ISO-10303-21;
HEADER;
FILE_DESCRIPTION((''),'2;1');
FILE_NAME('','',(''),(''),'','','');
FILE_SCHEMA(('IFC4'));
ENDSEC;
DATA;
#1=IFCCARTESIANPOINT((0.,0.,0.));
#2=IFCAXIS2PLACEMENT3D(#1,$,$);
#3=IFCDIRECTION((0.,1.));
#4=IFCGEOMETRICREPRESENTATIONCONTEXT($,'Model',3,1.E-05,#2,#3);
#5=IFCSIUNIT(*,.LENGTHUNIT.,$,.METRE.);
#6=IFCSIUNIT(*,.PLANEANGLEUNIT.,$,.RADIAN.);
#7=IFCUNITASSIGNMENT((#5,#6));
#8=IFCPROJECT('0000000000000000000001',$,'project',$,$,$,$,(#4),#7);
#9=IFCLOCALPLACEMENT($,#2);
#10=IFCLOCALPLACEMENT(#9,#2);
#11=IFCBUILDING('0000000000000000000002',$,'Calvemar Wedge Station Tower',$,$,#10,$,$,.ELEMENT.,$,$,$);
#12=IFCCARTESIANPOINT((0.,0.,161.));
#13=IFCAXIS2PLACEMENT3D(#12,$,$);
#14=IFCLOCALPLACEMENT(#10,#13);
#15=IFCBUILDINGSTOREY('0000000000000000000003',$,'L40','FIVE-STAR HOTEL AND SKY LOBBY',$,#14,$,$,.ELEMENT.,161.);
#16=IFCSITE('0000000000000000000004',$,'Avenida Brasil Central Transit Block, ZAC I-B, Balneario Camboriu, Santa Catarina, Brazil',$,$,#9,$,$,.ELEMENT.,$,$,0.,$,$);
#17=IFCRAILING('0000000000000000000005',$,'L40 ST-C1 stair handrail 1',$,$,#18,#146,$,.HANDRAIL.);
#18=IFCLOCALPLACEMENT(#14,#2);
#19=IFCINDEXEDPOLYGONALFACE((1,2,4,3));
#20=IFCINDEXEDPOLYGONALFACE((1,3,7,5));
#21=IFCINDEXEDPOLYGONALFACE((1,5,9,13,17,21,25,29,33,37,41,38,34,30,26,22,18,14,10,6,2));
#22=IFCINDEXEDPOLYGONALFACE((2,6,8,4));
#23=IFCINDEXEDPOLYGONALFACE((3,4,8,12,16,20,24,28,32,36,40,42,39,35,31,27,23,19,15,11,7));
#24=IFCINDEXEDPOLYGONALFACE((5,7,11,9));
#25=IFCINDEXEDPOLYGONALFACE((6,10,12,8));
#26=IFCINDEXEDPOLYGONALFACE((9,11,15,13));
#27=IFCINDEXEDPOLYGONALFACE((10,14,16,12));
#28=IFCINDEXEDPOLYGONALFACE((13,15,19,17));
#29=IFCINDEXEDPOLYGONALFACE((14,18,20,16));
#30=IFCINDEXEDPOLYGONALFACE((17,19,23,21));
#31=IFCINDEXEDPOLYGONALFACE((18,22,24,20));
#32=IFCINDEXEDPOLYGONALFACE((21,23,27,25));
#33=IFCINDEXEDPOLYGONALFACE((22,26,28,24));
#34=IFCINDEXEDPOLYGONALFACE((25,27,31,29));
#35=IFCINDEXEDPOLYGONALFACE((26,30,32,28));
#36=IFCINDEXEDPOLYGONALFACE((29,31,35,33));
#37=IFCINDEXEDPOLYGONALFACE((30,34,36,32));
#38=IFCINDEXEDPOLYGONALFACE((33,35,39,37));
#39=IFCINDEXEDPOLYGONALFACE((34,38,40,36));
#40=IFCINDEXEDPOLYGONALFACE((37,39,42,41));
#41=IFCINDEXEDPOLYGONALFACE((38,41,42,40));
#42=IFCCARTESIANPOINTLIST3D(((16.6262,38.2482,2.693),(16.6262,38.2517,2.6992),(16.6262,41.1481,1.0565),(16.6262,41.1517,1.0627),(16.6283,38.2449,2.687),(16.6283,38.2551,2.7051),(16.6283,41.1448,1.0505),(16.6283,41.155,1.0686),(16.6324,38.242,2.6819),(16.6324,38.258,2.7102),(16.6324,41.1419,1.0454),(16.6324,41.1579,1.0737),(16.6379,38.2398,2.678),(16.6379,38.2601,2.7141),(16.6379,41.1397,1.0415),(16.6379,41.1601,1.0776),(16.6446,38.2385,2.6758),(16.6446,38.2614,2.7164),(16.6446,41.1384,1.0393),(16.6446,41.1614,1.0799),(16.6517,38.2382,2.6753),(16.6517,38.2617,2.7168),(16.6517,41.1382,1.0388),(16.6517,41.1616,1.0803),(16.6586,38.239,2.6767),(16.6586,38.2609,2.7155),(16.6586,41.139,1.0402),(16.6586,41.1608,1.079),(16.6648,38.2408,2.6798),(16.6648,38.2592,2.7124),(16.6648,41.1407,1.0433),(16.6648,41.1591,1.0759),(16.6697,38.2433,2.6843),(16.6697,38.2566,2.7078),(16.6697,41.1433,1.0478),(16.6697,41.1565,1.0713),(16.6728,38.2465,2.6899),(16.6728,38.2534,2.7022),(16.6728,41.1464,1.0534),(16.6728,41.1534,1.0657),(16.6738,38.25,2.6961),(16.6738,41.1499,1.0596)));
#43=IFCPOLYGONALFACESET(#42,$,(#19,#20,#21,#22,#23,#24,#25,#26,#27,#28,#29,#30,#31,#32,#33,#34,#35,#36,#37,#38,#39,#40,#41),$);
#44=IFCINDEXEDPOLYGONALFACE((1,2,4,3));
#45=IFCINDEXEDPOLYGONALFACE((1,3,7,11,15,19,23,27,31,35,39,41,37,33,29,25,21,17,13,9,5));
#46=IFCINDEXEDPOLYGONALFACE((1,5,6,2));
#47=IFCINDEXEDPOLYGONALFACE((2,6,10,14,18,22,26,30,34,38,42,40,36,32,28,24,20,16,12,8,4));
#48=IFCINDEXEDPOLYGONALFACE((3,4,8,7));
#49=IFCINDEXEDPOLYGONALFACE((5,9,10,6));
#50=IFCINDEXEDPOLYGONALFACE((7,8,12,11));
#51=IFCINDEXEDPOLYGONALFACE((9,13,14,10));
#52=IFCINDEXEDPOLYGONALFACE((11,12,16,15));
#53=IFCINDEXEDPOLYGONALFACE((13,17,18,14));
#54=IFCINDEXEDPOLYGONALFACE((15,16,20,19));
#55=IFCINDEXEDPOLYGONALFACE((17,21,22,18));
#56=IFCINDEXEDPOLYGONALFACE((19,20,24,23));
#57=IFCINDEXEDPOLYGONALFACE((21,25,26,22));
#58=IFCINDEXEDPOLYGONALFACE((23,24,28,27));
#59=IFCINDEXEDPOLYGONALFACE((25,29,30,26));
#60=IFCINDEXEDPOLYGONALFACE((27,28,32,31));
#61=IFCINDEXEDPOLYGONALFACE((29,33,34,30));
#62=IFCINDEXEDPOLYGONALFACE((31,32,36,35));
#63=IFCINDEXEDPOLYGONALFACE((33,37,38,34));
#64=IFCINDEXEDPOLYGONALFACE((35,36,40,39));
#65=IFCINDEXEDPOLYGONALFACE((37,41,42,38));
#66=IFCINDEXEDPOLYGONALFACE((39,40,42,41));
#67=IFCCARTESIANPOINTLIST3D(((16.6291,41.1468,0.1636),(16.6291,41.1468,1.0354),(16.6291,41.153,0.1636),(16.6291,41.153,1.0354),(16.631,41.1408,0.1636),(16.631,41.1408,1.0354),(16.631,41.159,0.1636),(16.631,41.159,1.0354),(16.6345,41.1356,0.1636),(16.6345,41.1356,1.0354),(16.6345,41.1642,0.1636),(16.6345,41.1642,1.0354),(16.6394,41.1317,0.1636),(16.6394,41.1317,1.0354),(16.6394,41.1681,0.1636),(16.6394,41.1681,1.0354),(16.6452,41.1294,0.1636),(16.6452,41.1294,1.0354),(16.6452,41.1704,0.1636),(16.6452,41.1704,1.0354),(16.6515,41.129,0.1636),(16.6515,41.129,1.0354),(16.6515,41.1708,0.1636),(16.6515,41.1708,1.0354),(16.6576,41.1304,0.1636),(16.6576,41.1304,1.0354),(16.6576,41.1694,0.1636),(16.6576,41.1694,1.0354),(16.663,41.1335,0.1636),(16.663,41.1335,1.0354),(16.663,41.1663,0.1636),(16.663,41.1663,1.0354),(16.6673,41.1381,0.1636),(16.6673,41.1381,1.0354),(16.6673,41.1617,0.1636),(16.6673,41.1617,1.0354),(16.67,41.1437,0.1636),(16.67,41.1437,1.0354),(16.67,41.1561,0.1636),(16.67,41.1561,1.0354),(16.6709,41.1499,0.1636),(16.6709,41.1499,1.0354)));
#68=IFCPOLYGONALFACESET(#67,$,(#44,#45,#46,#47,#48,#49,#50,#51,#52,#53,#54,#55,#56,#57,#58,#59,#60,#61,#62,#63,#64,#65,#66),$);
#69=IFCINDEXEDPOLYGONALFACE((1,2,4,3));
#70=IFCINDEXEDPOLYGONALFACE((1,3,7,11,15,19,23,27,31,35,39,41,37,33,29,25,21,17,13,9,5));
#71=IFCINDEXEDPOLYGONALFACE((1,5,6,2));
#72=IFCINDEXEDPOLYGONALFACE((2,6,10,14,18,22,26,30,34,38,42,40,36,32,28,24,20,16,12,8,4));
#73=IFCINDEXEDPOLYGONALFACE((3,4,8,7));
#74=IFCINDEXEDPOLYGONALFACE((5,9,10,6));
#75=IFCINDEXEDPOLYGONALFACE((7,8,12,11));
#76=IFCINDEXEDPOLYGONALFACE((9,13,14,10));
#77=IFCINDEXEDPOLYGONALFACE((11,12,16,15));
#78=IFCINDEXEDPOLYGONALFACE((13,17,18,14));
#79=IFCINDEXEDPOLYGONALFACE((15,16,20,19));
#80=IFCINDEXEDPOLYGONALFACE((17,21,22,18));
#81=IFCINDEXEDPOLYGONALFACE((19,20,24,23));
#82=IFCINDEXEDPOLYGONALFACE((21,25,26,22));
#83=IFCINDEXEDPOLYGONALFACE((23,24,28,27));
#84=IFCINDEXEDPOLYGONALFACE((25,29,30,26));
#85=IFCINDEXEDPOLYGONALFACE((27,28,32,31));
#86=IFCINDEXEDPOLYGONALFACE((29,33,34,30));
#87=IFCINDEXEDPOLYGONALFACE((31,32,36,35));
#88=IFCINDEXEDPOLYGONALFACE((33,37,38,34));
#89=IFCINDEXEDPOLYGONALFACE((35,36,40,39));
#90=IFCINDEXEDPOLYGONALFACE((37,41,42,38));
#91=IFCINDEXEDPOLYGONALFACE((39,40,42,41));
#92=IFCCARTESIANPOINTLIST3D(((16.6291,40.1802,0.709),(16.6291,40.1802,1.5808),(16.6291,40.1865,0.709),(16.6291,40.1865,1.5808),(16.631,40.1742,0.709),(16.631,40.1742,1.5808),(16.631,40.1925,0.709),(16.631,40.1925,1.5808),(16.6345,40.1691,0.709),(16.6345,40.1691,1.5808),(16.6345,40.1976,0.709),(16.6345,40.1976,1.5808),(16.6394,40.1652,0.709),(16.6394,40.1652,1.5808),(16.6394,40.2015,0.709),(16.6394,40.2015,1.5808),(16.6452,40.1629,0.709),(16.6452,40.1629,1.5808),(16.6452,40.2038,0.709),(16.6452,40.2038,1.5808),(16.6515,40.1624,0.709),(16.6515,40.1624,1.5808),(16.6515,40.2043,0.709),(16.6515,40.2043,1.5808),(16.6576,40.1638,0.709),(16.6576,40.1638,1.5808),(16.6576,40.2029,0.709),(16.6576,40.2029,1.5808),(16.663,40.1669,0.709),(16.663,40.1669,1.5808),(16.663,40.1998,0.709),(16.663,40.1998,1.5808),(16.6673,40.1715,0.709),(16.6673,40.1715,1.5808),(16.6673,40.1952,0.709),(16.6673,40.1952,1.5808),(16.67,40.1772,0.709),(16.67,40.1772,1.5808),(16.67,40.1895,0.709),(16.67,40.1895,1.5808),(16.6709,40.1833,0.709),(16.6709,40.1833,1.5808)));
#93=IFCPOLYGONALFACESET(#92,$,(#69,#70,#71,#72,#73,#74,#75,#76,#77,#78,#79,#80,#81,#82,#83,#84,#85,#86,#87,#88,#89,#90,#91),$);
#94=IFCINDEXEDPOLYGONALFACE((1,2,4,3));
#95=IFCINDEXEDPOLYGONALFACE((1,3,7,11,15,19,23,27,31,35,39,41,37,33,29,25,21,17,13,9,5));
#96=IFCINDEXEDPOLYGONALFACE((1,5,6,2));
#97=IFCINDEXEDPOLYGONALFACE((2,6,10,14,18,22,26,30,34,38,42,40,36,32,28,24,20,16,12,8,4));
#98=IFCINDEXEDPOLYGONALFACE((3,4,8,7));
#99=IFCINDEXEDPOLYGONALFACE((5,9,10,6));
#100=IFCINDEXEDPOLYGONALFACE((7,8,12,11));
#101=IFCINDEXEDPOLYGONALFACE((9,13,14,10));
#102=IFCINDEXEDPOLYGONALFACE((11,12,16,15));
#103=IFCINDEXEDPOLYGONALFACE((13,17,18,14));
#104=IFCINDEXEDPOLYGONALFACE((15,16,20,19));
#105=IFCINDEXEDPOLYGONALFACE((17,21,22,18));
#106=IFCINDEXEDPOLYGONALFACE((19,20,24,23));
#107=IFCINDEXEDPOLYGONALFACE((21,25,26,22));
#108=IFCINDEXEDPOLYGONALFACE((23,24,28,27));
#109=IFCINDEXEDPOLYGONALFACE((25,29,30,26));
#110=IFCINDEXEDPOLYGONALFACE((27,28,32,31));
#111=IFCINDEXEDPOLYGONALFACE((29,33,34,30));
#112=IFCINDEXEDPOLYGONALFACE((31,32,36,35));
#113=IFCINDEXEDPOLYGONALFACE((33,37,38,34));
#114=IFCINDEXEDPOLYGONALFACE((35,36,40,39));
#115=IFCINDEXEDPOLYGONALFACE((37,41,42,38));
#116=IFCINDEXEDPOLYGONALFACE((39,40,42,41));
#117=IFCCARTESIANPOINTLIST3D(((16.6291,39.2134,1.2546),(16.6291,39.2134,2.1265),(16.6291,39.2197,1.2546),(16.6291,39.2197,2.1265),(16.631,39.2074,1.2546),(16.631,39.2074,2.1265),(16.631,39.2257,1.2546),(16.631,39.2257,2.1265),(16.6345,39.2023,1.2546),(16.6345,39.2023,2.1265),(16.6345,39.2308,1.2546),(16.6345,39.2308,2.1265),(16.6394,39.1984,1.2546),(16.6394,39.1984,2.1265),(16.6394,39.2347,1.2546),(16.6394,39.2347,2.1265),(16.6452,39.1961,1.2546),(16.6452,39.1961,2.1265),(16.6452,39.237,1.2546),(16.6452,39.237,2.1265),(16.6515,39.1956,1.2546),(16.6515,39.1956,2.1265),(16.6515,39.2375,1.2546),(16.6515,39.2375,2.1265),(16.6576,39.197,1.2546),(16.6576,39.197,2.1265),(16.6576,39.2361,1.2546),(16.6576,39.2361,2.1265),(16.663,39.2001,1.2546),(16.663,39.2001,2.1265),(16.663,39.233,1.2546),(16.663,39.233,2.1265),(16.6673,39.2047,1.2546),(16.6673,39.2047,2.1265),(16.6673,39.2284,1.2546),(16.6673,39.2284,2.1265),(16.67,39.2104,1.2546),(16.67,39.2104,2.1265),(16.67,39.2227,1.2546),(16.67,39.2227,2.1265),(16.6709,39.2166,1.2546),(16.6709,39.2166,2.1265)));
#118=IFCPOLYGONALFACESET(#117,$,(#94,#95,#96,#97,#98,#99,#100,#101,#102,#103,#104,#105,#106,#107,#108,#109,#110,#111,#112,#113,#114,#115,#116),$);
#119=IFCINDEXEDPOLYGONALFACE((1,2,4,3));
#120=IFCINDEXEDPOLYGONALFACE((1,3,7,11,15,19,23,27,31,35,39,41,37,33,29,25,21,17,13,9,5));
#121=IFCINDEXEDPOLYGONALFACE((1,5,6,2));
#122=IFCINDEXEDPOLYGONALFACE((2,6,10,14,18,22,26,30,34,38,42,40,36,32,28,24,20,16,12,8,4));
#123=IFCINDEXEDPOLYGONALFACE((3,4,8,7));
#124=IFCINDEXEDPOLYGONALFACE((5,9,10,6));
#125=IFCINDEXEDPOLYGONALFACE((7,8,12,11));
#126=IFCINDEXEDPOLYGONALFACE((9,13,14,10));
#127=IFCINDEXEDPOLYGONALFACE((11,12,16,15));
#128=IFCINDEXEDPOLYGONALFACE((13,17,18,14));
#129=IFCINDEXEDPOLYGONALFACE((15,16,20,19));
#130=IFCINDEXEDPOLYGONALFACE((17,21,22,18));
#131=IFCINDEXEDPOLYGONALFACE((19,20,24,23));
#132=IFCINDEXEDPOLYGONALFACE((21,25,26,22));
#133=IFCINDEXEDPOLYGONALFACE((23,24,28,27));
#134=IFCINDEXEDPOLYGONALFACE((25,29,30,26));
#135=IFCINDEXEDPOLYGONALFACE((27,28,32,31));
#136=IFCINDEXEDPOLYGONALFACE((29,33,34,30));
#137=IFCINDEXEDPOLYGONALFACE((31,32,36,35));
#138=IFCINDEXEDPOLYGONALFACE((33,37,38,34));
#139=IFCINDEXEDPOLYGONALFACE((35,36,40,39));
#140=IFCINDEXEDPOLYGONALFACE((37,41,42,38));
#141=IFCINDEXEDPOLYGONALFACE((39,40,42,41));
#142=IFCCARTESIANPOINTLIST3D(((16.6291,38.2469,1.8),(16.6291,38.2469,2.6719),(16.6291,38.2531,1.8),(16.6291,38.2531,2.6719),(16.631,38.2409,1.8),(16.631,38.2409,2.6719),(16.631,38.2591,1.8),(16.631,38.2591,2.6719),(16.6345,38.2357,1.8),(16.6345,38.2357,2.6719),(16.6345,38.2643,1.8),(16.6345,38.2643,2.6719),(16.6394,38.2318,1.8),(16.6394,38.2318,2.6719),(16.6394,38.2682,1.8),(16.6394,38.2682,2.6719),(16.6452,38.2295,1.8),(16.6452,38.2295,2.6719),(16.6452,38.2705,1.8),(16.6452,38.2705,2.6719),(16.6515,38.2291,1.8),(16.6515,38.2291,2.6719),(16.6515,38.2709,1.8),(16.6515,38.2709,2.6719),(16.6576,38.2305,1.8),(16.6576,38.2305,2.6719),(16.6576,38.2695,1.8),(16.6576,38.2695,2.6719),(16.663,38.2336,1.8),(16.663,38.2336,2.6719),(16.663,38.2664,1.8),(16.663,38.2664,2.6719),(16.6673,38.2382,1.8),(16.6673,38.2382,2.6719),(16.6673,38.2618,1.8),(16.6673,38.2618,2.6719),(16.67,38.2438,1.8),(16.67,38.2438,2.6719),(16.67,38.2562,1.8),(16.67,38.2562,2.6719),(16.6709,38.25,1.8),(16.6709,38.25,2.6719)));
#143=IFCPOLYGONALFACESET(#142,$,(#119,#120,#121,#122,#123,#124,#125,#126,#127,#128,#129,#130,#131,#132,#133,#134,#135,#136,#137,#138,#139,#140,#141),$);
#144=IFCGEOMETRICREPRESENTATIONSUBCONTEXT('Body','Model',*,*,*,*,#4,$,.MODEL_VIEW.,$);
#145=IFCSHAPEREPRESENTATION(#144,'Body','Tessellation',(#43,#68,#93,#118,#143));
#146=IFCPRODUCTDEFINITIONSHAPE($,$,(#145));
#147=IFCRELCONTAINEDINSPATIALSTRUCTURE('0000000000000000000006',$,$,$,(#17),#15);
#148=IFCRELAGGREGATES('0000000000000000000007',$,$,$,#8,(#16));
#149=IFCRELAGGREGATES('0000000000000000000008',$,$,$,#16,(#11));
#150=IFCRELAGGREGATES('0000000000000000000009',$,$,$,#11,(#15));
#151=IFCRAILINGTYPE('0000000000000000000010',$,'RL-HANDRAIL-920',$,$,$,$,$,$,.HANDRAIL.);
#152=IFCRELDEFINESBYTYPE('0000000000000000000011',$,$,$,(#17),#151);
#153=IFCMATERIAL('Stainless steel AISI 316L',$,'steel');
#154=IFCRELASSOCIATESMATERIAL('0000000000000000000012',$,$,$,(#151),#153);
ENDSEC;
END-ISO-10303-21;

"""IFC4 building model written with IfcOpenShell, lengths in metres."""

from ifc_helpers import new_model, si_unit, direction, frame, origin, origin_2d, place, context, subcontext, project, spatial, circle, extrude, material, type_object, element, save


model = new_model("IFC4")

# Units and contexts
model_context = context("Model", 3, precision=1e-05, world=origin(), true_north=direction((0.0, 1.0)))
body_context = subcontext(model_context, "Body", "Model", "MODEL_VIEW")
ifc_project = project(units=[si_unit("LENGTHUNIT", "METRE"), si_unit("PLANEANGLEUNIT", "RADIAN")], contexts=[model_context])

# Site, building, storey
site_placement = place(None, origin())
site = spatial("IfcSite", under=ifc_project, at=site_placement, Name="Avenida Brasil Central Transit Block, ZAC I-B, Balneario Camboriu, Santa Catarina, Brazil", CompositionType="ELEMENT", RefElevation=0.0)
building_placement = place(site_placement, origin())
building = spatial("IfcBuilding", under=site, at=building_placement, Name="Calvemar Wedge Station Tower", CompositionType="ELEMENT")
storey_placement = place(building_placement, frame((0.0, 0.0, 161.0)))
storey = spatial("IfcBuildingStorey", under=building, at=storey_placement, Name="L40", Description="FIVE-STAR HOTEL AND SKY LOBBY", CompositionType="ELEMENT", Elevation=161.0)

# Railing
ifc_material_1 = material(Name="Stainless steel AISI 316L", Category="steel")
railing_type_1 = type_object("IfcRailingType", Name="RL-HANDRAIL-920", PredefinedType="HANDRAIL", material=ifc_material_1)
railing_1_placement = place(storey_placement, frame((16.6499, 41.1499, 0.1636)))
element("IfcRailing", 1, at=railing_1_placement, inside=storey, type_object=railing_type_1, Name="L40 ST-C1 stair handrail 1", PredefinedType="HANDRAIL", context=body_context, shape_type="SweptSolid", body=[
    extrude(circle(Radius=0.0239, at=origin_2d()), frame((0.0, 0.0, 0.896), z_axis=(0.0, -0.870897, 0.491465), x_axis=(1.0, 0.0, 0.0)), (0.0, 0.0, 1.0), 3.3298),
    extrude(circle(Radius=0.021, at=origin_2d()), origin(), (0.0, 0.0, 1.0), 0.8718),
    extrude(circle(Radius=0.021, at=origin_2d()), frame((0.0, -0.9666, 0.5454)), (0.0, 0.0, 1.0), 0.8718),
    extrude(circle(Radius=0.021, at=origin_2d()), frame((0.0, -1.9333, 1.0911)), (0.0, 0.0, 1.0), 0.8718),
    extrude(circle(Radius=0.021, at=origin_2d()), frame((0.0, -2.8999, 1.6365)), (0.0, 0.0, 1.0), 0.8718),
])

save(model, "model.ifc")
